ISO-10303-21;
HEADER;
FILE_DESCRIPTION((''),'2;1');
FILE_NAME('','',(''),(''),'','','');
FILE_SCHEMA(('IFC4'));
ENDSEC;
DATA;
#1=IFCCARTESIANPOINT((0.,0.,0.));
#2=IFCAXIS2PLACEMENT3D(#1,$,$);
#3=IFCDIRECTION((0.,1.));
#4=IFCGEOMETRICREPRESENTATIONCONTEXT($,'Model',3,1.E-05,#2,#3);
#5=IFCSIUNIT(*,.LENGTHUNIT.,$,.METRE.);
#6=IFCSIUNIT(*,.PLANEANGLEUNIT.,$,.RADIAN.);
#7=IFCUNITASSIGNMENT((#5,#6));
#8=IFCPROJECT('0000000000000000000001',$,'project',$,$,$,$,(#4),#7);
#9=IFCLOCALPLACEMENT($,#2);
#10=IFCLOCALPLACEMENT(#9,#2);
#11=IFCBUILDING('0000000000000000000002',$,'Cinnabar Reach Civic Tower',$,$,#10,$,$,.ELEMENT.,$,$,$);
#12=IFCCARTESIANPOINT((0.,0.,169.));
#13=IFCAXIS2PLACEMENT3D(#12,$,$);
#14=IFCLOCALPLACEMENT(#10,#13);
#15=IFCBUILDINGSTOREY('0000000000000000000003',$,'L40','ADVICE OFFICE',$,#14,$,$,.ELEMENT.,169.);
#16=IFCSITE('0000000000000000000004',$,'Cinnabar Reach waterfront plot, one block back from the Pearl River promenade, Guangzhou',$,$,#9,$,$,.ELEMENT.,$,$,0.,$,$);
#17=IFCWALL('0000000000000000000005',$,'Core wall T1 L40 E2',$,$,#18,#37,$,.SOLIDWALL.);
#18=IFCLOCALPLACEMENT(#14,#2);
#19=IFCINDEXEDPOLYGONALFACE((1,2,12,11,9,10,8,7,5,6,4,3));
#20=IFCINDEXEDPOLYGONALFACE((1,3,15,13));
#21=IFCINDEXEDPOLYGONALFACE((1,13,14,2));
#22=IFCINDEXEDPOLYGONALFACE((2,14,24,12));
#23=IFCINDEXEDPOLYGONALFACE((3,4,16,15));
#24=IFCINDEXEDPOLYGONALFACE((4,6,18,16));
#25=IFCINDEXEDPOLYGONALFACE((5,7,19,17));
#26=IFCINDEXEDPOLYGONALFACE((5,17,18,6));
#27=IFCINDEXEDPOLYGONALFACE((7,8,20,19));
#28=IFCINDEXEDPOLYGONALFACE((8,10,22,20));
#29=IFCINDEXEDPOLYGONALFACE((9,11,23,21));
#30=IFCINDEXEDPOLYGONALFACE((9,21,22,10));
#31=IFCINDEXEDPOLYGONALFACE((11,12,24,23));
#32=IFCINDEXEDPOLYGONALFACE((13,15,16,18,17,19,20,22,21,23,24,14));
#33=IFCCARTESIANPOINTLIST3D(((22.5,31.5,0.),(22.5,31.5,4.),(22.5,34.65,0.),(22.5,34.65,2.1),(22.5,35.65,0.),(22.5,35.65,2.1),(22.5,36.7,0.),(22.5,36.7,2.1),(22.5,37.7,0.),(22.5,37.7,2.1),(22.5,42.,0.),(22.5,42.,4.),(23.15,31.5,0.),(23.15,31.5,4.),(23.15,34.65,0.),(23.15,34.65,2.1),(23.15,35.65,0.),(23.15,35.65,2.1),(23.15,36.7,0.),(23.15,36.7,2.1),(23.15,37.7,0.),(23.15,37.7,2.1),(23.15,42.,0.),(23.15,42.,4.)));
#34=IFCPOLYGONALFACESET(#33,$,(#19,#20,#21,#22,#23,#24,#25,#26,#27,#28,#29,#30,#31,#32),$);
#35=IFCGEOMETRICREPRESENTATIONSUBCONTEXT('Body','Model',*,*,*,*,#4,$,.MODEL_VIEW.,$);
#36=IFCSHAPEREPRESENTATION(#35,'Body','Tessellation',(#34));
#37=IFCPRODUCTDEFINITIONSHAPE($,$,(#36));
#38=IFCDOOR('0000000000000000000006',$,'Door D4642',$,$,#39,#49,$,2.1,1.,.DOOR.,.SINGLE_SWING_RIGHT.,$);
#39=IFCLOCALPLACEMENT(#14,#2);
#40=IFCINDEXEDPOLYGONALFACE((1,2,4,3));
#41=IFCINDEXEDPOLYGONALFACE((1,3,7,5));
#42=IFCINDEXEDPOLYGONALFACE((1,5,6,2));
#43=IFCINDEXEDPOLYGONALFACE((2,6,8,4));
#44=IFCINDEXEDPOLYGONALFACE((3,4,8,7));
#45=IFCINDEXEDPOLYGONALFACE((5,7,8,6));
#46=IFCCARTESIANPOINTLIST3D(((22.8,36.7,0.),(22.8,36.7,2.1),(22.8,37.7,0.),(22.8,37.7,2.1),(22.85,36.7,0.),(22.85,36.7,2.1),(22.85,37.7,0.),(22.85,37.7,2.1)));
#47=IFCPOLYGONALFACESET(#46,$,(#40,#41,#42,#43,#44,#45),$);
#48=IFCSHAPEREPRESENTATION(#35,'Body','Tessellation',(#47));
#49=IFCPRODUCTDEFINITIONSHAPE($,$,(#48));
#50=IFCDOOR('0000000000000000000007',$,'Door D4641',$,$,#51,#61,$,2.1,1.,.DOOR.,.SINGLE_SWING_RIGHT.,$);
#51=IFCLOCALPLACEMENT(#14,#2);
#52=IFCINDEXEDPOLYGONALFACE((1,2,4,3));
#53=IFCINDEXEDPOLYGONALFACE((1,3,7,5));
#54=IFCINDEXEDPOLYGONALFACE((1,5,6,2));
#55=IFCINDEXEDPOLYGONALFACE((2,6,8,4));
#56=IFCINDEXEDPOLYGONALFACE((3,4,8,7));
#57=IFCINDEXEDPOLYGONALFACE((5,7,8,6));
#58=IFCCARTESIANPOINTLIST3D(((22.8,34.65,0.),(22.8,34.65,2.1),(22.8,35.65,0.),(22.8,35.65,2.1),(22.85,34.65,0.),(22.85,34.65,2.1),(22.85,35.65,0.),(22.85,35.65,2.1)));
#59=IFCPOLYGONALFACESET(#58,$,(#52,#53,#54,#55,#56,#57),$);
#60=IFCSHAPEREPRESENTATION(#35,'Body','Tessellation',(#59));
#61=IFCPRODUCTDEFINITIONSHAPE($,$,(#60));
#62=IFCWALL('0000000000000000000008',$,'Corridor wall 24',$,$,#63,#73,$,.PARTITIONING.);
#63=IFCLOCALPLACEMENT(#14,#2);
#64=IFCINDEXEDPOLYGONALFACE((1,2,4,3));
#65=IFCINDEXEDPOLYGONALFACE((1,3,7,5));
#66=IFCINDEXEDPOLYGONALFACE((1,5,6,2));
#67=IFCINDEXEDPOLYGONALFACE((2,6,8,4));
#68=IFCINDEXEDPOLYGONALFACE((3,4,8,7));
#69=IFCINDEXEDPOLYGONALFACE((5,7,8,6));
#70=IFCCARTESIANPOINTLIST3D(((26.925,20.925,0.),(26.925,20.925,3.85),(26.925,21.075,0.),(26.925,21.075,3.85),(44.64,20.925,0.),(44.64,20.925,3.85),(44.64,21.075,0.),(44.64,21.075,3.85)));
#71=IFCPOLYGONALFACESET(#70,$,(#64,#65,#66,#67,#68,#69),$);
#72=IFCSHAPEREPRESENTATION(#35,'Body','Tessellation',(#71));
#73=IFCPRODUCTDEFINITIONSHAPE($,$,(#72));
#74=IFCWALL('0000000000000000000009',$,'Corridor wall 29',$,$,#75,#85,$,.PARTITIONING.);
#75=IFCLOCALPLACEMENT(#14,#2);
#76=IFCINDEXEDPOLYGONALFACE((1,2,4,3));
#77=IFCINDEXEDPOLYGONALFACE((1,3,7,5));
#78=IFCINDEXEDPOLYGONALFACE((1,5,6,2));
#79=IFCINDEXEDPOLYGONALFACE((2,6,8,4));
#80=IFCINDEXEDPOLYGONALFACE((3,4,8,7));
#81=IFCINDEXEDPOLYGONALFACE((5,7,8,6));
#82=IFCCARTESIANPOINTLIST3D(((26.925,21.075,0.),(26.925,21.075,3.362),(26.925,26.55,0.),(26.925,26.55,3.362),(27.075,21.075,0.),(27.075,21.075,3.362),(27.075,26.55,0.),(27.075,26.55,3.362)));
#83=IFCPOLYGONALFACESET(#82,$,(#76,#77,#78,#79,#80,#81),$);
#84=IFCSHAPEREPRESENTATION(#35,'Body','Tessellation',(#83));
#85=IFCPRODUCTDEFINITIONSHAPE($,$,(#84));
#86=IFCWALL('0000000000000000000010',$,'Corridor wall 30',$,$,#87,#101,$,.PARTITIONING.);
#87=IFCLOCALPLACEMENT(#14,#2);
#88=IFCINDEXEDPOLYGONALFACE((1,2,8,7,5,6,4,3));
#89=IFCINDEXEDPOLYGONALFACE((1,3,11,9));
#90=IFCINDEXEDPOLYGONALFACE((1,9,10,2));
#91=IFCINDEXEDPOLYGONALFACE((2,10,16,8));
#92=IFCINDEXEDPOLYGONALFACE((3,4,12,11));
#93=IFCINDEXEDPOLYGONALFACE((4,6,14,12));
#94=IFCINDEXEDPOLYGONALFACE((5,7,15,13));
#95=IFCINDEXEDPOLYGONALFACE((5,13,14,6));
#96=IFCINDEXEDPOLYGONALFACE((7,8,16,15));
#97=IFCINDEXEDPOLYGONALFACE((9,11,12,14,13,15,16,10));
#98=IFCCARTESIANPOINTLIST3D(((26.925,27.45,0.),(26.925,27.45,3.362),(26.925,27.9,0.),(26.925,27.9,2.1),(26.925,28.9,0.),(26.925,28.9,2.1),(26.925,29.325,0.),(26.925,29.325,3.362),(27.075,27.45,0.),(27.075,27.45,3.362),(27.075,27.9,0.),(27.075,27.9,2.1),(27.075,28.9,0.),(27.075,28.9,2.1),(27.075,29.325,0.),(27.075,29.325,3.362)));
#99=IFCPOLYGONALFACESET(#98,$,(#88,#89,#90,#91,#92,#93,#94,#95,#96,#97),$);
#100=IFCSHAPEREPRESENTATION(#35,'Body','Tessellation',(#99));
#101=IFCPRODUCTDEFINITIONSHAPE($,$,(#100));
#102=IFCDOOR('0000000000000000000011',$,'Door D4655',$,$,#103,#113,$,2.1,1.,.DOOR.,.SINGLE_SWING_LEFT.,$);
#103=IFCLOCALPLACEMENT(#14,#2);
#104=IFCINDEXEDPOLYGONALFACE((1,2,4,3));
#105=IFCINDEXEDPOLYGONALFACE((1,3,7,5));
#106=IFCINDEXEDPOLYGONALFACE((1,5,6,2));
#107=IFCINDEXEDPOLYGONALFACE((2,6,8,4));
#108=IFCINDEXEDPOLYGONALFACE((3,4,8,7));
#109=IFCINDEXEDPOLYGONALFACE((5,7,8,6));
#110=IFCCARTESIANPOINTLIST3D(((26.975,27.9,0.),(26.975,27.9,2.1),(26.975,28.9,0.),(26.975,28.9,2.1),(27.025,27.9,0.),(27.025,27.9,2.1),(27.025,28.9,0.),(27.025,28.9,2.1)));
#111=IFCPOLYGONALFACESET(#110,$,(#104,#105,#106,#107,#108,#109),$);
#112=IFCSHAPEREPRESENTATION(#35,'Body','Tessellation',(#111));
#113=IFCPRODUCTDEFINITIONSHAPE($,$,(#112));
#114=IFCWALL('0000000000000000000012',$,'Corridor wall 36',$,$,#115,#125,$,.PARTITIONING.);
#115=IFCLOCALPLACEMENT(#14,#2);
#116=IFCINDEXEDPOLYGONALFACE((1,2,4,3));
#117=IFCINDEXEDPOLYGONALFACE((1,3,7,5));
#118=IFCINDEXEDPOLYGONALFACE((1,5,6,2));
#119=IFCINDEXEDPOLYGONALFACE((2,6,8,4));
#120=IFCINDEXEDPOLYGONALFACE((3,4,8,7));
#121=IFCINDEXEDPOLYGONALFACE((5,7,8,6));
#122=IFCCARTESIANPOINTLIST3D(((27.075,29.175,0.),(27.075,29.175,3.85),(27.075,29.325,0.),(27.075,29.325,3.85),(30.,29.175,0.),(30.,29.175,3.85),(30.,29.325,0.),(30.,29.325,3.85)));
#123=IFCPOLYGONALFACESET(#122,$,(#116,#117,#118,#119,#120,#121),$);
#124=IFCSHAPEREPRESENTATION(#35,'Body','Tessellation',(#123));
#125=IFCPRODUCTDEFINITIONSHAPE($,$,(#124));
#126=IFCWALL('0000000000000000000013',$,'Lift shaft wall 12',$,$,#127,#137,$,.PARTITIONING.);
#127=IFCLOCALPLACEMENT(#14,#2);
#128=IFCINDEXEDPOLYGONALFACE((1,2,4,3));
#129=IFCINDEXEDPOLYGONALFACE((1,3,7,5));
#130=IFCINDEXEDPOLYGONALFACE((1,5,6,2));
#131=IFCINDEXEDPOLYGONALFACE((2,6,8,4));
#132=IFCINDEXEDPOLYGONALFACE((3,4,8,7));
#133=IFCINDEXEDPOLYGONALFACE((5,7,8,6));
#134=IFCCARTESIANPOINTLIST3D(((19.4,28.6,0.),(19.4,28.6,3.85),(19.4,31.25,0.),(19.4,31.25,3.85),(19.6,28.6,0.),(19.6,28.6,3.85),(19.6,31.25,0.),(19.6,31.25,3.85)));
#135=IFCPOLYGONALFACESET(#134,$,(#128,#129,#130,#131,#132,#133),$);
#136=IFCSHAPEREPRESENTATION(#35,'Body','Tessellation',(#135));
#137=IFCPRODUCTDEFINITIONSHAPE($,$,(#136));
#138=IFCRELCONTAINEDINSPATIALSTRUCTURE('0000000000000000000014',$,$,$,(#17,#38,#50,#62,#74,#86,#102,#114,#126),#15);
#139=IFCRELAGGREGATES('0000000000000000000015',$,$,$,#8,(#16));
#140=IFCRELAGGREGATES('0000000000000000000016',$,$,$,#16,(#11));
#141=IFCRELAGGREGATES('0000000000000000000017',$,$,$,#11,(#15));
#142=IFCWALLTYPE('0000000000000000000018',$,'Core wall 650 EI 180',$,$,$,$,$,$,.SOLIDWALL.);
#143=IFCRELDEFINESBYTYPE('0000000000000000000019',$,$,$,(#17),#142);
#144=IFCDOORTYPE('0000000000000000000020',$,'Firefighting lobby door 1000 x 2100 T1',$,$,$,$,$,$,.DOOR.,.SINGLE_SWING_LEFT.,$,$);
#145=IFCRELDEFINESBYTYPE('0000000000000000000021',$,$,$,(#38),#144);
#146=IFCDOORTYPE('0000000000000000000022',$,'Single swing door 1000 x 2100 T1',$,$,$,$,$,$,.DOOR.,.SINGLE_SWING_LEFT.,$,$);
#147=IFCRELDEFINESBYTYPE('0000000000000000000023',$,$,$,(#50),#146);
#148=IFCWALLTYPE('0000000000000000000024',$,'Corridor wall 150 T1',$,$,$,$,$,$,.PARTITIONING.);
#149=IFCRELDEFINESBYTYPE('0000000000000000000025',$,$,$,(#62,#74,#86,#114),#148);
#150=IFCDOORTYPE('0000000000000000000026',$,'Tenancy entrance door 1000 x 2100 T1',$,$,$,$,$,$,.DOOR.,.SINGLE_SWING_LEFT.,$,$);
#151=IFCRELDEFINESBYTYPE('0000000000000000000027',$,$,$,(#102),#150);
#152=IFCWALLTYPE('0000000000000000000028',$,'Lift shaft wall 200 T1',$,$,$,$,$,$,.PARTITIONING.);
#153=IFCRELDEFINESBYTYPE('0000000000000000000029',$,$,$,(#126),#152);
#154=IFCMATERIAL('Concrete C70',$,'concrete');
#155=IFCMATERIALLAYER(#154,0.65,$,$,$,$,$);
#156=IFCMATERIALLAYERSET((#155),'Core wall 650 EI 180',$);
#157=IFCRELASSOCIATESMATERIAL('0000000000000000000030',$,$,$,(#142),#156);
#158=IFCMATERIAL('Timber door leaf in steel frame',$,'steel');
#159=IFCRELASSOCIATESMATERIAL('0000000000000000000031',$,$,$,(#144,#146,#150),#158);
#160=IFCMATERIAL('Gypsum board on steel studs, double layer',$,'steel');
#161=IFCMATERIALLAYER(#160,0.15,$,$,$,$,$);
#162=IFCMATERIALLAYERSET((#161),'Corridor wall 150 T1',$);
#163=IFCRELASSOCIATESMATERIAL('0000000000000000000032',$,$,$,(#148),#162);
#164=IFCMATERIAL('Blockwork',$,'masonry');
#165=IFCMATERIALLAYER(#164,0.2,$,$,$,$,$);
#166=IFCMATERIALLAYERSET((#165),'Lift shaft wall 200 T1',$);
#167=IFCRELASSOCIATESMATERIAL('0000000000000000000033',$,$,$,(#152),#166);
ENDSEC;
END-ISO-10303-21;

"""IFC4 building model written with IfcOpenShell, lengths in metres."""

from ifc_helpers import new_model, si_unit, direction, frame, frame_2d, origin, place, context, subcontext, project, spatial, rectangle, extrude, material, layer, layer_set, type_object, element, fill, save


model = new_model("IFC4")

# Units and contexts
model_context = context("Model", 3, precision=1e-05, world=origin(), true_north=direction((0.0, 1.0)))
body_context = subcontext(model_context, "Body", "Model", "MODEL_VIEW")
ifc_project = project(units=[si_unit("LENGTHUNIT", "METRE"), si_unit("PLANEANGLEUNIT", "RADIAN")], contexts=[model_context])

# Site, building, storey
site_placement = place(None, origin())
site = spatial("IfcSite", under=ifc_project, at=site_placement, Name="Cinnabar Reach waterfront plot, one block back from the Pearl River promenade, Guangzhou", CompositionType="ELEMENT", RefElevation=0.0)
building_placement = place(site_placement, origin())
building = spatial("IfcBuilding", under=site, at=building_placement, Name="Cinnabar Reach Civic Tower", CompositionType="ELEMENT")
storey_placement = place(building_placement, frame((0.0, 0.0, 169.0)))
storey = spatial("IfcBuildingStorey", under=building, at=storey_placement, Name="L40", Description="ADVICE OFFICE", CompositionType="ELEMENT", Elevation=169.0)

# Shared definitions
ifc_material_1 = material(Name="Concrete C70", Category="concrete")

# Shared definitions
ifc_layer_1 = layer(ifc_material_1, 0.65)
ifc_layer_set_1 = layer_set([ifc_layer_1], Name="Core wall 650 EI 180")
wall_type_1 = type_object("IfcWallType", Name="Core wall 650 EI 180", PredefinedType="SOLIDWALL", material=ifc_layer_set_1)
ifc_material_2 = material(Name="Timber door leaf in steel frame", Category="steel")

# Wall, openings, doors
wall_1_placement = place(storey_placement, frame((22.825, 31.5, 0.0), z_axis=(0.0, 0.0, 1.0), x_axis=(0.0, 1.0, 0.0)))
wall_1 = element("IfcWall", 1, at=wall_1_placement, inside=storey, type_object=wall_type_1, Name="Core wall T1 L40 E2", PredefinedType="SOLIDWALL", context=body_context, shape_type="SweptSolid", body=[
    extrude(rectangle(XDim=10.5, YDim=0.65, at=frame_2d((5.25, 0.0))), origin(), (0.0, 0.0, 1.0), 4.0),
])
opening_1_placement = place(wall_1_placement, frame((3.15, 0.0, 0.0)))
opening_1 = element("IfcOpeningElement", 2, at=opening_1_placement, cuts=wall_1, PredefinedType="OPENING", context=body_context, shape_type="SweptSolid", body=[
    extrude(rectangle(XDim=1.0, YDim=2.1, at=frame_2d((0.5, 1.05))), frame((0.0, 0.335, 0.0), z_axis=(0.0, -1.0, 0.0), x_axis=(1.0, 0.0, 0.0)), (0.0, 0.0, 1.0), 0.67),
])
opening_2_placement = place(wall_1_placement, frame((5.2, 0.0, 0.0)))
opening_2 = element("IfcOpeningElement", 3, at=opening_2_placement, cuts=wall_1, PredefinedType="OPENING", context=body_context, shape_type="SweptSolid", body=[
    extrude(rectangle(XDim=1.0, YDim=2.1, at=frame_2d((0.5, 1.05))), frame((0.0, 0.335, 0.0), z_axis=(0.0, -1.0, 0.0), x_axis=(1.0, 0.0, 0.0)), (0.0, 0.0, 1.0), 0.67),
])
door_type_1 = type_object("IfcDoorType", Name="Firefighting lobby door 1000 x 2100 T1", OperationType="SINGLE_SWING_LEFT", PredefinedType="DOOR", material=ifc_material_2)
door_1_placement = place(opening_2_placement, origin())
door_1 = element("IfcDoor", 4, at=door_1_placement, inside=storey, type_object=door_type_1, Name="Door D4642", OperationType="SINGLE_SWING_RIGHT", OverallHeight=2.1, OverallWidth=1.0, PredefinedType="DOOR", context=body_context, shape_type="SweptSolid", body=[
    extrude(rectangle(XDim=1.0, YDim=2.1, at=frame_2d((0.5, 1.05))), frame((0.0, 0.025, 0.0), z_axis=(0.0, -1.0, 0.0), x_axis=(1.0, 0.0, 0.0)), (0.0, 0.0, 1.0), 0.05),
])
fill(opening_2, door_1)
door_type_2 = type_object("IfcDoorType", Name="Single swing door 1000 x 2100 T1", OperationType="SINGLE_SWING_LEFT", PredefinedType="DOOR", material=ifc_material_2)
door_2_placement = place(opening_1_placement, origin())
door_2 = element("IfcDoor", 5, at=door_2_placement, inside=storey, type_object=door_type_2, Name="Door D4641", OperationType="SINGLE_SWING_RIGHT", OverallHeight=2.1, OverallWidth=1.0, PredefinedType="DOOR", context=body_context, shape_type="SweptSolid", body=[
    extrude(rectangle(XDim=1.0, YDim=2.1, at=frame_2d((0.5, 1.05))), frame((0.0, 0.025, 0.0), z_axis=(0.0, -1.0, 0.0), x_axis=(1.0, 0.0, 0.0)), (0.0, 0.0, 1.0), 0.05),
])
fill(opening_1, door_2)

# Walls
ifc_material_3 = material(Name="Gypsum board on steel studs, double layer", Category="steel")
ifc_layer_2 = layer(ifc_material_3, 0.15)
ifc_layer_set_2 = layer_set([ifc_layer_2], Name="Corridor wall 150 T1")
wall_type_2 = type_object("IfcWallType", Name="Corridor wall 150 T1", PredefinedType="PARTITIONING", material=ifc_layer_set_2)
wall_2_placement = place(storey_placement, frame((26.925, 21.0, 0.0), z_axis=(0.0, 0.0, 1.0), x_axis=(1.0, 0.0, 0.0)))
element("IfcWall", 6, at=wall_2_placement, inside=storey, type_object=wall_type_2, Name="Corridor wall 24", PredefinedType="PARTITIONING", context=body_context, shape_type="SweptSolid", body=[
    extrude(rectangle(XDim=17.715, YDim=0.15, at=frame_2d((8.8575, 0.0))), origin(), (0.0, 0.0, 1.0), 3.85),
])
wall_3_placement = place(storey_placement, frame((27.0, 21.075, 0.0), z_axis=(0.0, 0.0, 1.0), x_axis=(0.0, 1.0, 0.0)))
element("IfcWall", 7, at=wall_3_placement, inside=storey, type_object=wall_type_2, Name="Corridor wall 29", PredefinedType="PARTITIONING", context=body_context, shape_type="SweptSolid", body=[
    extrude(rectangle(XDim=5.475, YDim=0.15, at=frame_2d((2.7375, 0.0))), origin(), (0.0, 0.0, 1.0), 3.362),
])

# Wall, opening, door
wall_4_placement = place(storey_placement, frame((27.0, 27.45, 0.0), z_axis=(0.0, 0.0, 1.0), x_axis=(0.0, 1.0, 0.0)))
wall_4 = element("IfcWall", 8, at=wall_4_placement, inside=storey, type_object=wall_type_2, Name="Corridor wall 30", PredefinedType="PARTITIONING", context=body_context, shape_type="SweptSolid", body=[
    extrude(rectangle(XDim=1.875, YDim=0.15, at=frame_2d((0.9375, 0.0))), origin(), (0.0, 0.0, 1.0), 3.362),
])
opening_3_placement = place(wall_4_placement, frame((0.45, 0.0, 0.0)))
opening_3 = element("IfcOpeningElement", 9, at=opening_3_placement, cuts=wall_4, PredefinedType="OPENING", context=body_context, shape_type="SweptSolid", body=[
    extrude(rectangle(XDim=1.0, YDim=2.1, at=frame_2d((0.5, 1.05))), frame((0.0, 0.085, 0.0), z_axis=(0.0, -1.0, 0.0), x_axis=(1.0, 0.0, 0.0)), (0.0, 0.0, 1.0), 0.17),
])
door_type_3 = type_object("IfcDoorType", Name="Tenancy entrance door 1000 x 2100 T1", OperationType="SINGLE_SWING_LEFT", PredefinedType="DOOR", material=ifc_material_2)
door_3_placement = place(opening_3_placement, frame((1.0, 0.0, 0.0), z_axis=(0.0, 0.0, 1.0), x_axis=(-1.0, 0.0, 0.0)))
door_3 = element("IfcDoor", 10, at=door_3_placement, inside=storey, type_object=door_type_3, Name="Door D4655", OperationType="SINGLE_SWING_LEFT", OverallHeight=2.1, OverallWidth=1.0, PredefinedType="DOOR", context=body_context, shape_type="SweptSolid", body=[
    extrude(rectangle(XDim=1.0, YDim=2.1, at=frame_2d((0.5, 1.05))), frame((0.0, 0.025, 0.0), z_axis=(0.0, -1.0, 0.0), x_axis=(1.0, 0.0, 0.0)), (0.0, 0.0, 1.0), 0.05),
])
fill(opening_3, door_3)

# Walls
wall_5_placement = place(storey_placement, frame((27.075, 29.25, 0.0), z_axis=(0.0, 0.0, 1.0), x_axis=(1.0, 0.0, 0.0)))
element("IfcWall", 11, at=wall_5_placement, inside=storey, type_object=wall_type_2, Name="Corridor wall 36", PredefinedType="PARTITIONING", context=body_context, shape_type="SweptSolid", body=[
    extrude(rectangle(XDim=2.925, YDim=0.15, at=frame_2d((1.4625, 0.0))), origin(), (0.0, 0.0, 1.0), 3.85),
])
ifc_material_4 = material(Name="Blockwork", Category="masonry")
ifc_layer_3 = layer(ifc_material_4, 0.2)
ifc_layer_set_3 = layer_set([ifc_layer_3], Name="Lift shaft wall 200 T1")
wall_type_3 = type_object("IfcWallType", Name="Lift shaft wall 200 T1", PredefinedType="PARTITIONING", material=ifc_layer_set_3)
wall_6_placement = place(storey_placement, frame((19.5, 28.6, 0.0), z_axis=(0.0, 0.0, 1.0), x_axis=(0.0, 1.0, 0.0)))
element("IfcWall", 12, at=wall_6_placement, inside=storey, type_object=wall_type_3, Name="Lift shaft wall 12", PredefinedType="PARTITIONING", context=body_context, shape_type="SweptSolid", body=[
    extrude(rectangle(XDim=2.65, YDim=0.2, at=frame_2d((1.325, 0.0))), origin(), (0.0, 0.0, 1.0), 3.85),
])

save(model, "model.ifc")
